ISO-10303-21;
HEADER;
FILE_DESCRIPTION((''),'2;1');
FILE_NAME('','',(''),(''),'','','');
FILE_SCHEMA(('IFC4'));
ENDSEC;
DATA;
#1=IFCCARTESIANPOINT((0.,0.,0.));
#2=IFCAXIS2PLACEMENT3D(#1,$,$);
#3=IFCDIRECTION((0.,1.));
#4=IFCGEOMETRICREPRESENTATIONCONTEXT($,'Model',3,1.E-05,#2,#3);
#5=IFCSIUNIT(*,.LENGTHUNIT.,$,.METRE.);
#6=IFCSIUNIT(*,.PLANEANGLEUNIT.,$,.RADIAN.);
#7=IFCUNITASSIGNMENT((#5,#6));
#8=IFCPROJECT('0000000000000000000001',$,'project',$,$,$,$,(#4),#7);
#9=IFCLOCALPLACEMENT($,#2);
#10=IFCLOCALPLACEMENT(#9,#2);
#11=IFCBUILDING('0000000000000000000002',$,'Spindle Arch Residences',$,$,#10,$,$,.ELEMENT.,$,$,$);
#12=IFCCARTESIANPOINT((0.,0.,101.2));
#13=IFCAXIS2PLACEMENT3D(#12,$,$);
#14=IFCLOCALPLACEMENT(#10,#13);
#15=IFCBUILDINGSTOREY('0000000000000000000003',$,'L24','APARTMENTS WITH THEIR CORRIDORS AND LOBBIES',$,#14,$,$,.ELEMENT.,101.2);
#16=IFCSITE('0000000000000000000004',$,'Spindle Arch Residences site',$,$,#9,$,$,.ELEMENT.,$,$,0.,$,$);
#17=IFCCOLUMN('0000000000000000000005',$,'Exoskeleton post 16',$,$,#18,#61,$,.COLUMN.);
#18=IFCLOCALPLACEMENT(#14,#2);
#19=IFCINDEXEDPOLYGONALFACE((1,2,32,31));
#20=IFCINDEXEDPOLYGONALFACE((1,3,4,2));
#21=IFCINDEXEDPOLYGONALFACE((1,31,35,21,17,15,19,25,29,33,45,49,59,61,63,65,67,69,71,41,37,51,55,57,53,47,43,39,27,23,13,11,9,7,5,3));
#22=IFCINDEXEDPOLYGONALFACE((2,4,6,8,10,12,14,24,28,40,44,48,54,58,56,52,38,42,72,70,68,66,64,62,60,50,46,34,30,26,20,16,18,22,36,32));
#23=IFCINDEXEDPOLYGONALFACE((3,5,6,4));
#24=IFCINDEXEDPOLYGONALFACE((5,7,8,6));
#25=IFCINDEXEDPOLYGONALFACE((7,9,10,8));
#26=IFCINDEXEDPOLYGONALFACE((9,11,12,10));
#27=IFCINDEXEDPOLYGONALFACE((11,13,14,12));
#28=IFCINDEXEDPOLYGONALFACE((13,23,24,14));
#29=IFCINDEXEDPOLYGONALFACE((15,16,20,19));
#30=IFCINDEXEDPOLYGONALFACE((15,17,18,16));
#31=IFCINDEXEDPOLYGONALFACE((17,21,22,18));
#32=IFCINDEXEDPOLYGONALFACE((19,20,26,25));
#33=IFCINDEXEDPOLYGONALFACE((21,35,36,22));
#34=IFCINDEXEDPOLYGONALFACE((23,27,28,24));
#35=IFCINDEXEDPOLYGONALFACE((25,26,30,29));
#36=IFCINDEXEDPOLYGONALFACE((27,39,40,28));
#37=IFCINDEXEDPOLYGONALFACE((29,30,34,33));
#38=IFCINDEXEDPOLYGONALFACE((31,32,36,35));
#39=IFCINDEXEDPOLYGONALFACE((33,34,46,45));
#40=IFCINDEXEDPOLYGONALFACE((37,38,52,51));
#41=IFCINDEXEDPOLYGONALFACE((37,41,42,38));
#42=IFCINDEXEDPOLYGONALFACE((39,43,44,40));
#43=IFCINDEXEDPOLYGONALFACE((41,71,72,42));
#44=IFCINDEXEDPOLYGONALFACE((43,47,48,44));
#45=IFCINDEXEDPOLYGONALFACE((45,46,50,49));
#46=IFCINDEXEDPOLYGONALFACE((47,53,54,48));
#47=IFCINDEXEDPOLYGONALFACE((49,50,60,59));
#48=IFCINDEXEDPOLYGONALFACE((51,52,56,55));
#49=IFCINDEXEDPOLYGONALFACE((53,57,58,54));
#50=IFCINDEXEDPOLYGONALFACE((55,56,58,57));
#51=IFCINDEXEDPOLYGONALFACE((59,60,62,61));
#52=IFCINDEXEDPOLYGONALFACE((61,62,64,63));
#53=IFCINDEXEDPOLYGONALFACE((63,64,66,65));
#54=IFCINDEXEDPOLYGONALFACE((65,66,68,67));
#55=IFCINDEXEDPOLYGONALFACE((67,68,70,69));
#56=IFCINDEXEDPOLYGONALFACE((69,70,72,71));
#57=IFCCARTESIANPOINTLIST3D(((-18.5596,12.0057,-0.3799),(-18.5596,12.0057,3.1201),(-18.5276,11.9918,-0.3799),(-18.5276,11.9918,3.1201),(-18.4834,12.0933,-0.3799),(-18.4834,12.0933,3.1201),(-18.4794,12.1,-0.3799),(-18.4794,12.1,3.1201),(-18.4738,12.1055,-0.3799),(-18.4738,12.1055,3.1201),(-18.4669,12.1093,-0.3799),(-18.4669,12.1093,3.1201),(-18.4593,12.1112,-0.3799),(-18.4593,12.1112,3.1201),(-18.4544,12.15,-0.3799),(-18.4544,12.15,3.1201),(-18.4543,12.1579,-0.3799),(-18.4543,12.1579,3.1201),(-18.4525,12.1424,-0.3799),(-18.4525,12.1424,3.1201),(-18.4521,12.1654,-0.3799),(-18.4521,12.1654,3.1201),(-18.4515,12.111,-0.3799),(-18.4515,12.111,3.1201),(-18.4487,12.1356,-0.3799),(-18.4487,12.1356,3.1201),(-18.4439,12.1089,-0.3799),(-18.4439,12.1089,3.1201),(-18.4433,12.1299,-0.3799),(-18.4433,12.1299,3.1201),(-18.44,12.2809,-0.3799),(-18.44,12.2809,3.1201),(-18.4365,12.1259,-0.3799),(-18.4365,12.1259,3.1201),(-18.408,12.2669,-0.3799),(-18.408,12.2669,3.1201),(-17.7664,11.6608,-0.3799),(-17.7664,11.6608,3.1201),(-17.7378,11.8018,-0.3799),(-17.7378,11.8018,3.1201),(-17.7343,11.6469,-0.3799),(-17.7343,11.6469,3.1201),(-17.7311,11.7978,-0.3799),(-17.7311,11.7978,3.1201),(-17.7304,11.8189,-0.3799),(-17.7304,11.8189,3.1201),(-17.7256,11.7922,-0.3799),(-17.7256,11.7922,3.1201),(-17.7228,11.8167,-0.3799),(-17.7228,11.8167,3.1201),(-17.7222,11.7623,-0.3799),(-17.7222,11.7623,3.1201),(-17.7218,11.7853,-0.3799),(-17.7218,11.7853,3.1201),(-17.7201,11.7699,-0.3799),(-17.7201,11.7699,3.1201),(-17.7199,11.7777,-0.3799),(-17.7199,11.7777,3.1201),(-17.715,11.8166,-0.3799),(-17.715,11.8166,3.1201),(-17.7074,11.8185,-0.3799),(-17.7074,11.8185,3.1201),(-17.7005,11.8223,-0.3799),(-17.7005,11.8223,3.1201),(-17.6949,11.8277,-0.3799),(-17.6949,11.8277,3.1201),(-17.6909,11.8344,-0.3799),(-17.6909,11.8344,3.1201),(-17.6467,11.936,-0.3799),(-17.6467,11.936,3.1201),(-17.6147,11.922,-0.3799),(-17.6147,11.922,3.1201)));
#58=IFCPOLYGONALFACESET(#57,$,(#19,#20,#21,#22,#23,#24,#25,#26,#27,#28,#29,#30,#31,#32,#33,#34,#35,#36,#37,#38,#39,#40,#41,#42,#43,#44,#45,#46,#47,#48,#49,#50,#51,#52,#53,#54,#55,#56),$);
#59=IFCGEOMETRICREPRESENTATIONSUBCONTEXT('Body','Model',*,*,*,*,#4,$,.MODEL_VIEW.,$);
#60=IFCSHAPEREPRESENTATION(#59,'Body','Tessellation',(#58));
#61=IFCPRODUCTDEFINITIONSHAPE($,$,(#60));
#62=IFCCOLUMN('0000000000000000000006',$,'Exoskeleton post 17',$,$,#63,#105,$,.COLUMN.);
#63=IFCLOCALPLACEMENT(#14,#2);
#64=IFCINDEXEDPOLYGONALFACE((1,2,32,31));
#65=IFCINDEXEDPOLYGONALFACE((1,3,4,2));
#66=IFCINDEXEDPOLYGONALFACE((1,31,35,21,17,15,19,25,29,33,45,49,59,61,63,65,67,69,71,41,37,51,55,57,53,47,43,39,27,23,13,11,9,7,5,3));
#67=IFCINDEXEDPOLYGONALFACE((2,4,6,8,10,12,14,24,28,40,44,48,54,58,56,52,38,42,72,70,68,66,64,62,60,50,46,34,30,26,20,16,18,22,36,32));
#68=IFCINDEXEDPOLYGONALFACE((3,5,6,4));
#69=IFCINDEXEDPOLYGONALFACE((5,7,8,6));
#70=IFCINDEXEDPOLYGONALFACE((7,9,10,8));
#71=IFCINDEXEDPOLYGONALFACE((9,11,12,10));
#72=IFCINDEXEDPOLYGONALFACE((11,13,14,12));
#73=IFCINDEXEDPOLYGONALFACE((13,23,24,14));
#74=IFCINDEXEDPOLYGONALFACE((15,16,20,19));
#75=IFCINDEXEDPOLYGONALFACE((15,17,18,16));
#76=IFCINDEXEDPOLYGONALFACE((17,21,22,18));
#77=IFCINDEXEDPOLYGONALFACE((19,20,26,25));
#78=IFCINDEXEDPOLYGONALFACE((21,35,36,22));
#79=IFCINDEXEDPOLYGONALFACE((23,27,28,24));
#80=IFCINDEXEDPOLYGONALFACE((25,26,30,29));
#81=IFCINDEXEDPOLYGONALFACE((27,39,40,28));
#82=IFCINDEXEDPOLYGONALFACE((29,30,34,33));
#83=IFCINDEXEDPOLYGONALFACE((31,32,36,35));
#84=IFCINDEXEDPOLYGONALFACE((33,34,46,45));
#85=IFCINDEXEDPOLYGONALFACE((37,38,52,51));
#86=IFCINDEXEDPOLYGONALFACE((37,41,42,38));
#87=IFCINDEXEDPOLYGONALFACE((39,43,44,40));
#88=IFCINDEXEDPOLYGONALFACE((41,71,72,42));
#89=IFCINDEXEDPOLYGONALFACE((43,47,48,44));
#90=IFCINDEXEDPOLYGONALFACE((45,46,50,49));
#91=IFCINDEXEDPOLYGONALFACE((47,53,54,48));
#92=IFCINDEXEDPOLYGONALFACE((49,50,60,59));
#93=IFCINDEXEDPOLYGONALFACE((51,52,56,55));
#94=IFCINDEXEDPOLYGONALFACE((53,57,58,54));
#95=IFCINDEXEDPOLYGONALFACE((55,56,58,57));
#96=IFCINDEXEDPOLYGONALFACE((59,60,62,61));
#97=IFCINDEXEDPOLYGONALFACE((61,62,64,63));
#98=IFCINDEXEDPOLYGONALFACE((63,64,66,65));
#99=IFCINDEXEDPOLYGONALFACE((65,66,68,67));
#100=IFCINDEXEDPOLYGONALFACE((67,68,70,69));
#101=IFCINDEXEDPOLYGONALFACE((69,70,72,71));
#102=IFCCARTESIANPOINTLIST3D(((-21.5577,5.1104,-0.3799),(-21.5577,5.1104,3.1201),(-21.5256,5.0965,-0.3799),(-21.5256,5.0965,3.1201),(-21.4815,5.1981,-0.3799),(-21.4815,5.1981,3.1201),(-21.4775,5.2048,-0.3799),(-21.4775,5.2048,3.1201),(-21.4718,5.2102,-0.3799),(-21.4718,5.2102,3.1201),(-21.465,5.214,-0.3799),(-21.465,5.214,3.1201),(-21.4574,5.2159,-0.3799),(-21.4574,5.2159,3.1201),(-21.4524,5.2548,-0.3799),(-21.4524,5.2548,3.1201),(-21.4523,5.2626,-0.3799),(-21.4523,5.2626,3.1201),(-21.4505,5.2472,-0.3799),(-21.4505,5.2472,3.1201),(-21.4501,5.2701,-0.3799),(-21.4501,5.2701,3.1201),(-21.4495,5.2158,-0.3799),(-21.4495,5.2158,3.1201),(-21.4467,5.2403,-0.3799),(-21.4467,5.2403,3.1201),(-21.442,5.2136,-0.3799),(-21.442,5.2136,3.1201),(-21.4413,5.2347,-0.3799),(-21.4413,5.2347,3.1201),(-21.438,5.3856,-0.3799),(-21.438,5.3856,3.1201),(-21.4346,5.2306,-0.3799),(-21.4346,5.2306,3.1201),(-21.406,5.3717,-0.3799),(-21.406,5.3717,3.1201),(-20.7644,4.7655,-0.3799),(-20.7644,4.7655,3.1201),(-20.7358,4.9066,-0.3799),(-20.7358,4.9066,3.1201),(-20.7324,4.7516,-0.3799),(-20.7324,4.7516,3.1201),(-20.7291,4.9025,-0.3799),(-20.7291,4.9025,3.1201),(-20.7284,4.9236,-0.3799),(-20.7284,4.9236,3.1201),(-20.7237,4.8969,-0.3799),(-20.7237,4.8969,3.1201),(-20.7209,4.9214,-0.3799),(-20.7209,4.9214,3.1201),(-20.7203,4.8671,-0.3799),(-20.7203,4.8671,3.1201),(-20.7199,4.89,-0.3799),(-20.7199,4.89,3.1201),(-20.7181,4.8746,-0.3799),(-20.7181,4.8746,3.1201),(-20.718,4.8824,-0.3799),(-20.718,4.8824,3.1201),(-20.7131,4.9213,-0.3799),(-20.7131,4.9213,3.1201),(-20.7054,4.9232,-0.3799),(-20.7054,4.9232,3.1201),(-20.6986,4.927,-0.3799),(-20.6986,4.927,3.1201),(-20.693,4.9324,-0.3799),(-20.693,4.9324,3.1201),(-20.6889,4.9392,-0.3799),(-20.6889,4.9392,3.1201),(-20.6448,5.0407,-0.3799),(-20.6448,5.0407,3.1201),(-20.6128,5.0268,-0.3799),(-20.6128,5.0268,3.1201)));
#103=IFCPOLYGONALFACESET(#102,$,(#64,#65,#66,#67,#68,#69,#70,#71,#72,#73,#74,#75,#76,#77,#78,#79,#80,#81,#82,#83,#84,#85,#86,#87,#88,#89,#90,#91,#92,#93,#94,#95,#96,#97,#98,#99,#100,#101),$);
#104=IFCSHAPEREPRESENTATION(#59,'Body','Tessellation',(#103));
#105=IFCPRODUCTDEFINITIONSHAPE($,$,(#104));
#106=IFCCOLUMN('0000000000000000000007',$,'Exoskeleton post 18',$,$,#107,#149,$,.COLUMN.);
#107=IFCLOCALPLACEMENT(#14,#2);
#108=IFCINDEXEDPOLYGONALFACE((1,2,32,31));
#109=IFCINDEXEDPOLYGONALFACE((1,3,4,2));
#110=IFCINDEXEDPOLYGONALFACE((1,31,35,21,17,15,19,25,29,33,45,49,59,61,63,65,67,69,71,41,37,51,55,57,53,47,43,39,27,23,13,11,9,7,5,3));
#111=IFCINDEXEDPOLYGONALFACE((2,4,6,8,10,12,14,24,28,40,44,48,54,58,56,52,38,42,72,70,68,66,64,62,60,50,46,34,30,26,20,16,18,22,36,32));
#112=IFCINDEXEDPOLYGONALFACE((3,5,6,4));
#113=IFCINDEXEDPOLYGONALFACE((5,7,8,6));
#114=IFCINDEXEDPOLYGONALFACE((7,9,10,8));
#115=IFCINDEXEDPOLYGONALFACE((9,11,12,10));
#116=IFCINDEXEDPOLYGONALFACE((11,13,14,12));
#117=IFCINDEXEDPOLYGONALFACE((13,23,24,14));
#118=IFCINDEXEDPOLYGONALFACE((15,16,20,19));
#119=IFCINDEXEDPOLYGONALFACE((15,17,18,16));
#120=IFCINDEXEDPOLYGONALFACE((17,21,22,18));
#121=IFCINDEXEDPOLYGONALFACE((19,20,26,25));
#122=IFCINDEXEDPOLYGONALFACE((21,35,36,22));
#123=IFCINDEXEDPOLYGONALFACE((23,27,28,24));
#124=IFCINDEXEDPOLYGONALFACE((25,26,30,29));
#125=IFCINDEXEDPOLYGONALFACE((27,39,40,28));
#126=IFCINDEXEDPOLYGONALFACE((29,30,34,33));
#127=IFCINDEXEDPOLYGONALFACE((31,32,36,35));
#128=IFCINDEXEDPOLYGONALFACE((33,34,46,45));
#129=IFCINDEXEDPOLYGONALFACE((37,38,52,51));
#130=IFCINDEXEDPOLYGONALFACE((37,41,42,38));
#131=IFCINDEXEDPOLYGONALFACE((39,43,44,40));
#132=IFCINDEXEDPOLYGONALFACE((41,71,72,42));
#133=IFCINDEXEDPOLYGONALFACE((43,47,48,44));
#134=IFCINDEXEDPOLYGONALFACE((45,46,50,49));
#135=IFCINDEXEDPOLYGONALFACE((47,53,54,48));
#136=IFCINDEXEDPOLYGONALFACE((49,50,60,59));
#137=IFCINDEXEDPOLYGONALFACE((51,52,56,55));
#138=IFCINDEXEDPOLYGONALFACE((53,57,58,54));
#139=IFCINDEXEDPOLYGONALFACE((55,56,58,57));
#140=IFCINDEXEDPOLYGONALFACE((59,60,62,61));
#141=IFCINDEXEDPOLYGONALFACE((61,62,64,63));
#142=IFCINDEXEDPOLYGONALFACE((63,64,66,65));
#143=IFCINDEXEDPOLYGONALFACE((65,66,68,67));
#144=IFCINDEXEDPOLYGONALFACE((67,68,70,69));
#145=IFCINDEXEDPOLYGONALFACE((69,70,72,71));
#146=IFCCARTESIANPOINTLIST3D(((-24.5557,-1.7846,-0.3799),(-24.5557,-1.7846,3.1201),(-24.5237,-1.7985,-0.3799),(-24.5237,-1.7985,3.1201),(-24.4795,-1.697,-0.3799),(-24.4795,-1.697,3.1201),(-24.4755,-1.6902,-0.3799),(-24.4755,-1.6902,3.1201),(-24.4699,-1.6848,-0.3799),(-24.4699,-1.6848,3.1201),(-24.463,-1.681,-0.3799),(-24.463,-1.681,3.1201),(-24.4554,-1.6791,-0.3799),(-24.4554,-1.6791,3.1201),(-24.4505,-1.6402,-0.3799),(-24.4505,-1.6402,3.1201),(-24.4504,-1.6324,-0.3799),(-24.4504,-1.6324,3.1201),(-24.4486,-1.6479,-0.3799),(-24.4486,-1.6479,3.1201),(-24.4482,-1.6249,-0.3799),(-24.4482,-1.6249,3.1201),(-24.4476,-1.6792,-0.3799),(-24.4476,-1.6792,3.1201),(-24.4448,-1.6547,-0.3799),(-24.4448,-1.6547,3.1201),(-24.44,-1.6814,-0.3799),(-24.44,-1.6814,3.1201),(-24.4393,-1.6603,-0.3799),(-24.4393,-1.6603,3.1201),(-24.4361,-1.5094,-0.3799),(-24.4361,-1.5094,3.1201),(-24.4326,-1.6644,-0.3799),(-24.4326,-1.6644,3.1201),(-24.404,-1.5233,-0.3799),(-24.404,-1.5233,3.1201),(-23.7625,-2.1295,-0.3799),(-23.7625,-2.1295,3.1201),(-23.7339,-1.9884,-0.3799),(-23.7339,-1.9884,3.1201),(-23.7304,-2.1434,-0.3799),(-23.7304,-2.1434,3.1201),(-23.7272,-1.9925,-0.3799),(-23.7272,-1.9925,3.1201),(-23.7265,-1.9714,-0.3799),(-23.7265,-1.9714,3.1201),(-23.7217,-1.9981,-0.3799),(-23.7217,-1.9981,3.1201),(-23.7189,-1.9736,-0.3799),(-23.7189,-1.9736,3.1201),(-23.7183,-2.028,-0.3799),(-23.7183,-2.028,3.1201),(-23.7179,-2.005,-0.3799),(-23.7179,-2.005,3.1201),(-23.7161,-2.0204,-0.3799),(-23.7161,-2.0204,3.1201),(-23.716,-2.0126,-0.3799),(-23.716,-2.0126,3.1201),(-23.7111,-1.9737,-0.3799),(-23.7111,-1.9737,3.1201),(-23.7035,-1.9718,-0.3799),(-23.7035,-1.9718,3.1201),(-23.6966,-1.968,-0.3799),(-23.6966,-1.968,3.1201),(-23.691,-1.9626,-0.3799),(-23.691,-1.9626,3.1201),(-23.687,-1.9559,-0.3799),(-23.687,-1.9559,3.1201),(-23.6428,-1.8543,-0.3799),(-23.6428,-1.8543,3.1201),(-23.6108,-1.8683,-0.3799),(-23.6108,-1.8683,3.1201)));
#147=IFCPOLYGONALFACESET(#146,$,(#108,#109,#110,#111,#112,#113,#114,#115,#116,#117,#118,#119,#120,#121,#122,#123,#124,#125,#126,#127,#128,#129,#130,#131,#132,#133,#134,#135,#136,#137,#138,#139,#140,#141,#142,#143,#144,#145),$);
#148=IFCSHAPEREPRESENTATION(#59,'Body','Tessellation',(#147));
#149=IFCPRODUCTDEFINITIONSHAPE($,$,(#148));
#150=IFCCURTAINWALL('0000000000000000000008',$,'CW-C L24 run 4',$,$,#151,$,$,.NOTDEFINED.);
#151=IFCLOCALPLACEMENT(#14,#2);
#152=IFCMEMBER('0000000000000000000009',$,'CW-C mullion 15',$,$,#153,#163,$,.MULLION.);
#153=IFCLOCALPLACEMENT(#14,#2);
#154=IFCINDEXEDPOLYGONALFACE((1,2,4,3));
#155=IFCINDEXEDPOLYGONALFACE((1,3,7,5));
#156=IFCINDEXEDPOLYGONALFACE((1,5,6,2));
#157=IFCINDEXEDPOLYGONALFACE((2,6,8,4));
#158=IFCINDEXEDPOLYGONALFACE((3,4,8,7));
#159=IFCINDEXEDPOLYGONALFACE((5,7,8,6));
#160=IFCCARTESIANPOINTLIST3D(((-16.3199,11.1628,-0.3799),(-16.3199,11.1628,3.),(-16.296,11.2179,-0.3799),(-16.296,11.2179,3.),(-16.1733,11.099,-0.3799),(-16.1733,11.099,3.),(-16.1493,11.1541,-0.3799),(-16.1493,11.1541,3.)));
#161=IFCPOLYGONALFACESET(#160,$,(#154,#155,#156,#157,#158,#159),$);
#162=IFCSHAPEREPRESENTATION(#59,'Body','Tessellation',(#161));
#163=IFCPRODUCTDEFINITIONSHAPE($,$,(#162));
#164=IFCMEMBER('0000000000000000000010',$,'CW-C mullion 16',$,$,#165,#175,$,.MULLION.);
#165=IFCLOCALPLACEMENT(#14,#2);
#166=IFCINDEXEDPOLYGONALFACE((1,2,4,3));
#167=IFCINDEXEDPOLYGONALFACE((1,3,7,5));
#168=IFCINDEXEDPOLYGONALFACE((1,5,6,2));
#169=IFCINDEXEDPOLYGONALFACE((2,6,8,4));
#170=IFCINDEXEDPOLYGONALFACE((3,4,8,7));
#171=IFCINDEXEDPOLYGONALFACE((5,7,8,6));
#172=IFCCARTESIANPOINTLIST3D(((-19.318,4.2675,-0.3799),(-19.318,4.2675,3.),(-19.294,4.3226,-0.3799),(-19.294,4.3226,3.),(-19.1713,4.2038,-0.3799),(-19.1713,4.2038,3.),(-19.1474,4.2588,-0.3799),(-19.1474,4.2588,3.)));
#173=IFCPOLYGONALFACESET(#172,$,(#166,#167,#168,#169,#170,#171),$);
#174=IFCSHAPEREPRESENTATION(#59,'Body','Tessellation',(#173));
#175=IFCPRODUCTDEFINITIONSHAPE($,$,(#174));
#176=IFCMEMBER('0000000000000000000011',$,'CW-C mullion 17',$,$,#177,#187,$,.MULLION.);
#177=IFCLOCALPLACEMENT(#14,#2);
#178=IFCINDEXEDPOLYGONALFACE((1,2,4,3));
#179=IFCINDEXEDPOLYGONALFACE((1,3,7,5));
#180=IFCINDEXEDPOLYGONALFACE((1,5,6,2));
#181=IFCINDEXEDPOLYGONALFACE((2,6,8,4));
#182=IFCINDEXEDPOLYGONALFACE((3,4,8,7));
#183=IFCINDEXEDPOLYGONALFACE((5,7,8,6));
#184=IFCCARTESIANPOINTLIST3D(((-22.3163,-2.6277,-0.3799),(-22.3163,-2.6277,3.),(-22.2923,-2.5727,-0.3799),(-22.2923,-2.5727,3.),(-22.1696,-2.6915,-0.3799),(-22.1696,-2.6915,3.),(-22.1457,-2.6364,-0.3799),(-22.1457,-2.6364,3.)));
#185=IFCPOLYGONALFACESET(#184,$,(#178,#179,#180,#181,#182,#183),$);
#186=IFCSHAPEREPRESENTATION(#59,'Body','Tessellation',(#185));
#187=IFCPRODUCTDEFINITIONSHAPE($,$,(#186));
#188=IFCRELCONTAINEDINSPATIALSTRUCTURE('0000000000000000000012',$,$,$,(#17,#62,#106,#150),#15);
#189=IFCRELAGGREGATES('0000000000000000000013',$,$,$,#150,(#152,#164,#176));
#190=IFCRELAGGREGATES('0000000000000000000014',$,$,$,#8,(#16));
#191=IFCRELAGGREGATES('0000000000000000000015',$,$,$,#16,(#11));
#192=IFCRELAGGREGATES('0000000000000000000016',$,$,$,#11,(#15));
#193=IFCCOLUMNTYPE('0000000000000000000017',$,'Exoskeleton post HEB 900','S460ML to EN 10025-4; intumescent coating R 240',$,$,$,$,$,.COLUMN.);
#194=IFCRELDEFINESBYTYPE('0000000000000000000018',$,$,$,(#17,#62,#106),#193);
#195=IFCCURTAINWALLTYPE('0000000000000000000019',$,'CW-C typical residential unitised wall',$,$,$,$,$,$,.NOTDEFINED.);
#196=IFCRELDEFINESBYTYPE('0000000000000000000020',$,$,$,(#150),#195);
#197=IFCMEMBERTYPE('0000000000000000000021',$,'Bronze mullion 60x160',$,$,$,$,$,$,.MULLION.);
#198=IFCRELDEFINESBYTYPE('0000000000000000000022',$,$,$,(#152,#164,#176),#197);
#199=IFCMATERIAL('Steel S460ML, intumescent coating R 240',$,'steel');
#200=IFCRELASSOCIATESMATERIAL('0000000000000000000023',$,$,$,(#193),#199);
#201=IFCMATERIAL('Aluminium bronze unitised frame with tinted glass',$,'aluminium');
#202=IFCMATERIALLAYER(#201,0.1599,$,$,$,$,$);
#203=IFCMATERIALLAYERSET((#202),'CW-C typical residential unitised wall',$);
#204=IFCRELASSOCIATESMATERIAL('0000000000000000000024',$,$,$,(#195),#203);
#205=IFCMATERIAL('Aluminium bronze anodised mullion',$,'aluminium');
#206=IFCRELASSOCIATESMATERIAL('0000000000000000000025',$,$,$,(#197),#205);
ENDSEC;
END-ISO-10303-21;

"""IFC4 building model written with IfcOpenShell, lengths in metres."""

from ifc_helpers import new_model, si_unit, direction, frame, origin, origin_2d, place, context, subcontext, project, spatial, rectangle, i_section, extrude, material, layer, layer_set, material_profile, profile_set, type_object, element, aggregate, save


model = new_model("IFC4")

# Units and contexts
model_context = context("Model", 3, precision=1e-05, world=origin(), true_north=direction((0.0, 1.0)))
body_context = subcontext(model_context, "Body", "Model", "MODEL_VIEW")
ifc_project = project(units=[si_unit("LENGTHUNIT", "METRE"), si_unit("PLANEANGLEUNIT", "RADIAN")], contexts=[model_context])

# Site, building, storey
site_placement = place(None, origin())
site = spatial("IfcSite", under=ifc_project, at=site_placement, Name="Spindle Arch Residences site", CompositionType="ELEMENT", RefElevation=0.0)
building_placement = place(site_placement, origin())
building = spatial("IfcBuilding", under=site, at=building_placement, Name="Spindle Arch Residences", CompositionType="ELEMENT")
storey_placement = place(building_placement, frame((0.0, 0.0, 101.2)))
storey = spatial("IfcBuildingStorey", under=building, at=storey_placement, Name="L24", Description="APARTMENTS WITH THEIR CORRIDORS AND LOBBIES", CompositionType="ELEMENT", Elevation=101.2)

# Columns
ifc_material_1 = material(Name="Steel S460ML, intumescent coating R 240", Category="steel")
ifc_material_profile_1 = material_profile(ifc_material_1, i_section(OverallWidth=0.3, OverallDepth=0.8999, WebThickness=0.0186, FlangeThickness=0.0349, FilletRadius=0.03, at=origin_2d()), Name="HEB 900")
ifc_profile_set_1 = profile_set([ifc_material_profile_1], Name="Steel S460ML, intumescent coating R 240")
column_type = type_object("IfcColumnType", Name="Exoskeleton post HEB 900", Description="S460ML to EN 10025-4; intumescent coating R 240", PredefinedType="COLUMN", material=ifc_profile_set_1)
for number, where, z_axis, x_axis, name in (
    (1, (-18.0872, 11.9639, -0.3799), (0.0, 0.0, 1.0), (0.398749, 0.91706, 0.0), "Exoskeleton post 16"),
    (2, (-21.0852, 5.0686, -0.3799), (0.0, 0.0, 1.0), (0.398749, 0.91706, 0.0), "Exoskeleton post 17"),
    (3, (-24.0833, -1.8264, -0.3799), (0.0, 0.0, 1.0), (0.398749, 0.91706, 0.0), "Exoskeleton post 18"),
):
    element("IfcColumn", number, at=place(storey_placement, frame(where, z_axis=z_axis, x_axis=x_axis)), inside=storey, type_object=column_type, Name=name, PredefinedType="COLUMN", context=body_context, shape_type="SweptSolid", body=[
        extrude(i_section(OverallWidth=0.3, OverallDepth=0.8999, WebThickness=0.0186, FlangeThickness=0.0349, FilletRadius=0.03, at=origin_2d()), origin(), (0.0, 0.0, 1.0), 3.5),
    ])

# Curtain wall, members
ifc_material_2 = material(Name="Aluminium bronze unitised frame with tinted glass", Category="aluminium")
ifc_layer_1 = layer(ifc_material_2, 0.1599)
ifc_layer_set_1 = layer_set([ifc_layer_1], Name="CW-C typical residential unitised wall")
curtain_wall_type = type_object("IfcCurtainWallType", Name="CW-C typical residential unitised wall", PredefinedType="NOTDEFINED", material=ifc_layer_set_1)
curtain_wall_placement = place(storey_placement, origin())
curtain_wall = element("IfcCurtainWall", 4, at=curtain_wall_placement, inside=storey, type_object=curtain_wall_type, Name="CW-C L24 run 4", PredefinedType="NOTDEFINED")
ifc_material_3 = material(Name="Aluminium bronze anodised mullion", Category="aluminium")
ifc_material_profile_2 = material_profile(ifc_material_3, rectangle(XDim=0.1599, YDim=0.0601, at=origin_2d()), Name="MU 60x160")
ifc_profile_set_2 = profile_set([ifc_material_profile_2], Name="Aluminium bronze anodised mullion")
member_type = type_object("IfcMemberType", Name="Bronze mullion 60x160", PredefinedType="MULLION", material=ifc_profile_set_2)
member_1_placement = place(storey_placement, frame((-16.2346, 11.1584, -0.3799), z_axis=(0.0, 0.0, 1.0), x_axis=(0.91706, -0.398749, 0.0)))
member_1 = element("IfcMember", 5, at=member_1_placement, type_object=member_type, Name="CW-C mullion 15", PredefinedType="MULLION", context=body_context, shape_type="SweptSolid", body=[
    extrude(rectangle(XDim=0.1599, YDim=0.0601, at=origin_2d()), origin(), (0.0, 0.0, 1.0), 3.3799),
])
member_2_placement = place(storey_placement, frame((-19.2327, 4.2632, -0.3799), z_axis=(0.0, 0.0, 1.0), x_axis=(0.91706, -0.398749, 0.0)))
member_2 = element("IfcMember", 6, at=member_2_placement, type_object=member_type, Name="CW-C mullion 16", PredefinedType="MULLION", context=body_context, shape_type="SweptSolid", body=[
    extrude(rectangle(XDim=0.1599, YDim=0.0601, at=origin_2d()), origin(), (0.0, 0.0, 1.0), 3.3799),
])
member_3_placement = place(storey_placement, frame((-22.231, -2.6321, -0.3799), z_axis=(0.0, 0.0, 1.0), x_axis=(0.91706, -0.398749, 0.0)))
member_3 = element("IfcMember", 7, at=member_3_placement, type_object=member_type, Name="CW-C mullion 17", PredefinedType="MULLION", context=body_context, shape_type="SweptSolid", body=[
    extrude(rectangle(XDim=0.1599, YDim=0.0601, at=origin_2d()), origin(), (0.0, 0.0, 1.0), 3.3799),
])

aggregate(curtain_wall, [member_1, member_2, member_3])

save(model, "model.ifc")
